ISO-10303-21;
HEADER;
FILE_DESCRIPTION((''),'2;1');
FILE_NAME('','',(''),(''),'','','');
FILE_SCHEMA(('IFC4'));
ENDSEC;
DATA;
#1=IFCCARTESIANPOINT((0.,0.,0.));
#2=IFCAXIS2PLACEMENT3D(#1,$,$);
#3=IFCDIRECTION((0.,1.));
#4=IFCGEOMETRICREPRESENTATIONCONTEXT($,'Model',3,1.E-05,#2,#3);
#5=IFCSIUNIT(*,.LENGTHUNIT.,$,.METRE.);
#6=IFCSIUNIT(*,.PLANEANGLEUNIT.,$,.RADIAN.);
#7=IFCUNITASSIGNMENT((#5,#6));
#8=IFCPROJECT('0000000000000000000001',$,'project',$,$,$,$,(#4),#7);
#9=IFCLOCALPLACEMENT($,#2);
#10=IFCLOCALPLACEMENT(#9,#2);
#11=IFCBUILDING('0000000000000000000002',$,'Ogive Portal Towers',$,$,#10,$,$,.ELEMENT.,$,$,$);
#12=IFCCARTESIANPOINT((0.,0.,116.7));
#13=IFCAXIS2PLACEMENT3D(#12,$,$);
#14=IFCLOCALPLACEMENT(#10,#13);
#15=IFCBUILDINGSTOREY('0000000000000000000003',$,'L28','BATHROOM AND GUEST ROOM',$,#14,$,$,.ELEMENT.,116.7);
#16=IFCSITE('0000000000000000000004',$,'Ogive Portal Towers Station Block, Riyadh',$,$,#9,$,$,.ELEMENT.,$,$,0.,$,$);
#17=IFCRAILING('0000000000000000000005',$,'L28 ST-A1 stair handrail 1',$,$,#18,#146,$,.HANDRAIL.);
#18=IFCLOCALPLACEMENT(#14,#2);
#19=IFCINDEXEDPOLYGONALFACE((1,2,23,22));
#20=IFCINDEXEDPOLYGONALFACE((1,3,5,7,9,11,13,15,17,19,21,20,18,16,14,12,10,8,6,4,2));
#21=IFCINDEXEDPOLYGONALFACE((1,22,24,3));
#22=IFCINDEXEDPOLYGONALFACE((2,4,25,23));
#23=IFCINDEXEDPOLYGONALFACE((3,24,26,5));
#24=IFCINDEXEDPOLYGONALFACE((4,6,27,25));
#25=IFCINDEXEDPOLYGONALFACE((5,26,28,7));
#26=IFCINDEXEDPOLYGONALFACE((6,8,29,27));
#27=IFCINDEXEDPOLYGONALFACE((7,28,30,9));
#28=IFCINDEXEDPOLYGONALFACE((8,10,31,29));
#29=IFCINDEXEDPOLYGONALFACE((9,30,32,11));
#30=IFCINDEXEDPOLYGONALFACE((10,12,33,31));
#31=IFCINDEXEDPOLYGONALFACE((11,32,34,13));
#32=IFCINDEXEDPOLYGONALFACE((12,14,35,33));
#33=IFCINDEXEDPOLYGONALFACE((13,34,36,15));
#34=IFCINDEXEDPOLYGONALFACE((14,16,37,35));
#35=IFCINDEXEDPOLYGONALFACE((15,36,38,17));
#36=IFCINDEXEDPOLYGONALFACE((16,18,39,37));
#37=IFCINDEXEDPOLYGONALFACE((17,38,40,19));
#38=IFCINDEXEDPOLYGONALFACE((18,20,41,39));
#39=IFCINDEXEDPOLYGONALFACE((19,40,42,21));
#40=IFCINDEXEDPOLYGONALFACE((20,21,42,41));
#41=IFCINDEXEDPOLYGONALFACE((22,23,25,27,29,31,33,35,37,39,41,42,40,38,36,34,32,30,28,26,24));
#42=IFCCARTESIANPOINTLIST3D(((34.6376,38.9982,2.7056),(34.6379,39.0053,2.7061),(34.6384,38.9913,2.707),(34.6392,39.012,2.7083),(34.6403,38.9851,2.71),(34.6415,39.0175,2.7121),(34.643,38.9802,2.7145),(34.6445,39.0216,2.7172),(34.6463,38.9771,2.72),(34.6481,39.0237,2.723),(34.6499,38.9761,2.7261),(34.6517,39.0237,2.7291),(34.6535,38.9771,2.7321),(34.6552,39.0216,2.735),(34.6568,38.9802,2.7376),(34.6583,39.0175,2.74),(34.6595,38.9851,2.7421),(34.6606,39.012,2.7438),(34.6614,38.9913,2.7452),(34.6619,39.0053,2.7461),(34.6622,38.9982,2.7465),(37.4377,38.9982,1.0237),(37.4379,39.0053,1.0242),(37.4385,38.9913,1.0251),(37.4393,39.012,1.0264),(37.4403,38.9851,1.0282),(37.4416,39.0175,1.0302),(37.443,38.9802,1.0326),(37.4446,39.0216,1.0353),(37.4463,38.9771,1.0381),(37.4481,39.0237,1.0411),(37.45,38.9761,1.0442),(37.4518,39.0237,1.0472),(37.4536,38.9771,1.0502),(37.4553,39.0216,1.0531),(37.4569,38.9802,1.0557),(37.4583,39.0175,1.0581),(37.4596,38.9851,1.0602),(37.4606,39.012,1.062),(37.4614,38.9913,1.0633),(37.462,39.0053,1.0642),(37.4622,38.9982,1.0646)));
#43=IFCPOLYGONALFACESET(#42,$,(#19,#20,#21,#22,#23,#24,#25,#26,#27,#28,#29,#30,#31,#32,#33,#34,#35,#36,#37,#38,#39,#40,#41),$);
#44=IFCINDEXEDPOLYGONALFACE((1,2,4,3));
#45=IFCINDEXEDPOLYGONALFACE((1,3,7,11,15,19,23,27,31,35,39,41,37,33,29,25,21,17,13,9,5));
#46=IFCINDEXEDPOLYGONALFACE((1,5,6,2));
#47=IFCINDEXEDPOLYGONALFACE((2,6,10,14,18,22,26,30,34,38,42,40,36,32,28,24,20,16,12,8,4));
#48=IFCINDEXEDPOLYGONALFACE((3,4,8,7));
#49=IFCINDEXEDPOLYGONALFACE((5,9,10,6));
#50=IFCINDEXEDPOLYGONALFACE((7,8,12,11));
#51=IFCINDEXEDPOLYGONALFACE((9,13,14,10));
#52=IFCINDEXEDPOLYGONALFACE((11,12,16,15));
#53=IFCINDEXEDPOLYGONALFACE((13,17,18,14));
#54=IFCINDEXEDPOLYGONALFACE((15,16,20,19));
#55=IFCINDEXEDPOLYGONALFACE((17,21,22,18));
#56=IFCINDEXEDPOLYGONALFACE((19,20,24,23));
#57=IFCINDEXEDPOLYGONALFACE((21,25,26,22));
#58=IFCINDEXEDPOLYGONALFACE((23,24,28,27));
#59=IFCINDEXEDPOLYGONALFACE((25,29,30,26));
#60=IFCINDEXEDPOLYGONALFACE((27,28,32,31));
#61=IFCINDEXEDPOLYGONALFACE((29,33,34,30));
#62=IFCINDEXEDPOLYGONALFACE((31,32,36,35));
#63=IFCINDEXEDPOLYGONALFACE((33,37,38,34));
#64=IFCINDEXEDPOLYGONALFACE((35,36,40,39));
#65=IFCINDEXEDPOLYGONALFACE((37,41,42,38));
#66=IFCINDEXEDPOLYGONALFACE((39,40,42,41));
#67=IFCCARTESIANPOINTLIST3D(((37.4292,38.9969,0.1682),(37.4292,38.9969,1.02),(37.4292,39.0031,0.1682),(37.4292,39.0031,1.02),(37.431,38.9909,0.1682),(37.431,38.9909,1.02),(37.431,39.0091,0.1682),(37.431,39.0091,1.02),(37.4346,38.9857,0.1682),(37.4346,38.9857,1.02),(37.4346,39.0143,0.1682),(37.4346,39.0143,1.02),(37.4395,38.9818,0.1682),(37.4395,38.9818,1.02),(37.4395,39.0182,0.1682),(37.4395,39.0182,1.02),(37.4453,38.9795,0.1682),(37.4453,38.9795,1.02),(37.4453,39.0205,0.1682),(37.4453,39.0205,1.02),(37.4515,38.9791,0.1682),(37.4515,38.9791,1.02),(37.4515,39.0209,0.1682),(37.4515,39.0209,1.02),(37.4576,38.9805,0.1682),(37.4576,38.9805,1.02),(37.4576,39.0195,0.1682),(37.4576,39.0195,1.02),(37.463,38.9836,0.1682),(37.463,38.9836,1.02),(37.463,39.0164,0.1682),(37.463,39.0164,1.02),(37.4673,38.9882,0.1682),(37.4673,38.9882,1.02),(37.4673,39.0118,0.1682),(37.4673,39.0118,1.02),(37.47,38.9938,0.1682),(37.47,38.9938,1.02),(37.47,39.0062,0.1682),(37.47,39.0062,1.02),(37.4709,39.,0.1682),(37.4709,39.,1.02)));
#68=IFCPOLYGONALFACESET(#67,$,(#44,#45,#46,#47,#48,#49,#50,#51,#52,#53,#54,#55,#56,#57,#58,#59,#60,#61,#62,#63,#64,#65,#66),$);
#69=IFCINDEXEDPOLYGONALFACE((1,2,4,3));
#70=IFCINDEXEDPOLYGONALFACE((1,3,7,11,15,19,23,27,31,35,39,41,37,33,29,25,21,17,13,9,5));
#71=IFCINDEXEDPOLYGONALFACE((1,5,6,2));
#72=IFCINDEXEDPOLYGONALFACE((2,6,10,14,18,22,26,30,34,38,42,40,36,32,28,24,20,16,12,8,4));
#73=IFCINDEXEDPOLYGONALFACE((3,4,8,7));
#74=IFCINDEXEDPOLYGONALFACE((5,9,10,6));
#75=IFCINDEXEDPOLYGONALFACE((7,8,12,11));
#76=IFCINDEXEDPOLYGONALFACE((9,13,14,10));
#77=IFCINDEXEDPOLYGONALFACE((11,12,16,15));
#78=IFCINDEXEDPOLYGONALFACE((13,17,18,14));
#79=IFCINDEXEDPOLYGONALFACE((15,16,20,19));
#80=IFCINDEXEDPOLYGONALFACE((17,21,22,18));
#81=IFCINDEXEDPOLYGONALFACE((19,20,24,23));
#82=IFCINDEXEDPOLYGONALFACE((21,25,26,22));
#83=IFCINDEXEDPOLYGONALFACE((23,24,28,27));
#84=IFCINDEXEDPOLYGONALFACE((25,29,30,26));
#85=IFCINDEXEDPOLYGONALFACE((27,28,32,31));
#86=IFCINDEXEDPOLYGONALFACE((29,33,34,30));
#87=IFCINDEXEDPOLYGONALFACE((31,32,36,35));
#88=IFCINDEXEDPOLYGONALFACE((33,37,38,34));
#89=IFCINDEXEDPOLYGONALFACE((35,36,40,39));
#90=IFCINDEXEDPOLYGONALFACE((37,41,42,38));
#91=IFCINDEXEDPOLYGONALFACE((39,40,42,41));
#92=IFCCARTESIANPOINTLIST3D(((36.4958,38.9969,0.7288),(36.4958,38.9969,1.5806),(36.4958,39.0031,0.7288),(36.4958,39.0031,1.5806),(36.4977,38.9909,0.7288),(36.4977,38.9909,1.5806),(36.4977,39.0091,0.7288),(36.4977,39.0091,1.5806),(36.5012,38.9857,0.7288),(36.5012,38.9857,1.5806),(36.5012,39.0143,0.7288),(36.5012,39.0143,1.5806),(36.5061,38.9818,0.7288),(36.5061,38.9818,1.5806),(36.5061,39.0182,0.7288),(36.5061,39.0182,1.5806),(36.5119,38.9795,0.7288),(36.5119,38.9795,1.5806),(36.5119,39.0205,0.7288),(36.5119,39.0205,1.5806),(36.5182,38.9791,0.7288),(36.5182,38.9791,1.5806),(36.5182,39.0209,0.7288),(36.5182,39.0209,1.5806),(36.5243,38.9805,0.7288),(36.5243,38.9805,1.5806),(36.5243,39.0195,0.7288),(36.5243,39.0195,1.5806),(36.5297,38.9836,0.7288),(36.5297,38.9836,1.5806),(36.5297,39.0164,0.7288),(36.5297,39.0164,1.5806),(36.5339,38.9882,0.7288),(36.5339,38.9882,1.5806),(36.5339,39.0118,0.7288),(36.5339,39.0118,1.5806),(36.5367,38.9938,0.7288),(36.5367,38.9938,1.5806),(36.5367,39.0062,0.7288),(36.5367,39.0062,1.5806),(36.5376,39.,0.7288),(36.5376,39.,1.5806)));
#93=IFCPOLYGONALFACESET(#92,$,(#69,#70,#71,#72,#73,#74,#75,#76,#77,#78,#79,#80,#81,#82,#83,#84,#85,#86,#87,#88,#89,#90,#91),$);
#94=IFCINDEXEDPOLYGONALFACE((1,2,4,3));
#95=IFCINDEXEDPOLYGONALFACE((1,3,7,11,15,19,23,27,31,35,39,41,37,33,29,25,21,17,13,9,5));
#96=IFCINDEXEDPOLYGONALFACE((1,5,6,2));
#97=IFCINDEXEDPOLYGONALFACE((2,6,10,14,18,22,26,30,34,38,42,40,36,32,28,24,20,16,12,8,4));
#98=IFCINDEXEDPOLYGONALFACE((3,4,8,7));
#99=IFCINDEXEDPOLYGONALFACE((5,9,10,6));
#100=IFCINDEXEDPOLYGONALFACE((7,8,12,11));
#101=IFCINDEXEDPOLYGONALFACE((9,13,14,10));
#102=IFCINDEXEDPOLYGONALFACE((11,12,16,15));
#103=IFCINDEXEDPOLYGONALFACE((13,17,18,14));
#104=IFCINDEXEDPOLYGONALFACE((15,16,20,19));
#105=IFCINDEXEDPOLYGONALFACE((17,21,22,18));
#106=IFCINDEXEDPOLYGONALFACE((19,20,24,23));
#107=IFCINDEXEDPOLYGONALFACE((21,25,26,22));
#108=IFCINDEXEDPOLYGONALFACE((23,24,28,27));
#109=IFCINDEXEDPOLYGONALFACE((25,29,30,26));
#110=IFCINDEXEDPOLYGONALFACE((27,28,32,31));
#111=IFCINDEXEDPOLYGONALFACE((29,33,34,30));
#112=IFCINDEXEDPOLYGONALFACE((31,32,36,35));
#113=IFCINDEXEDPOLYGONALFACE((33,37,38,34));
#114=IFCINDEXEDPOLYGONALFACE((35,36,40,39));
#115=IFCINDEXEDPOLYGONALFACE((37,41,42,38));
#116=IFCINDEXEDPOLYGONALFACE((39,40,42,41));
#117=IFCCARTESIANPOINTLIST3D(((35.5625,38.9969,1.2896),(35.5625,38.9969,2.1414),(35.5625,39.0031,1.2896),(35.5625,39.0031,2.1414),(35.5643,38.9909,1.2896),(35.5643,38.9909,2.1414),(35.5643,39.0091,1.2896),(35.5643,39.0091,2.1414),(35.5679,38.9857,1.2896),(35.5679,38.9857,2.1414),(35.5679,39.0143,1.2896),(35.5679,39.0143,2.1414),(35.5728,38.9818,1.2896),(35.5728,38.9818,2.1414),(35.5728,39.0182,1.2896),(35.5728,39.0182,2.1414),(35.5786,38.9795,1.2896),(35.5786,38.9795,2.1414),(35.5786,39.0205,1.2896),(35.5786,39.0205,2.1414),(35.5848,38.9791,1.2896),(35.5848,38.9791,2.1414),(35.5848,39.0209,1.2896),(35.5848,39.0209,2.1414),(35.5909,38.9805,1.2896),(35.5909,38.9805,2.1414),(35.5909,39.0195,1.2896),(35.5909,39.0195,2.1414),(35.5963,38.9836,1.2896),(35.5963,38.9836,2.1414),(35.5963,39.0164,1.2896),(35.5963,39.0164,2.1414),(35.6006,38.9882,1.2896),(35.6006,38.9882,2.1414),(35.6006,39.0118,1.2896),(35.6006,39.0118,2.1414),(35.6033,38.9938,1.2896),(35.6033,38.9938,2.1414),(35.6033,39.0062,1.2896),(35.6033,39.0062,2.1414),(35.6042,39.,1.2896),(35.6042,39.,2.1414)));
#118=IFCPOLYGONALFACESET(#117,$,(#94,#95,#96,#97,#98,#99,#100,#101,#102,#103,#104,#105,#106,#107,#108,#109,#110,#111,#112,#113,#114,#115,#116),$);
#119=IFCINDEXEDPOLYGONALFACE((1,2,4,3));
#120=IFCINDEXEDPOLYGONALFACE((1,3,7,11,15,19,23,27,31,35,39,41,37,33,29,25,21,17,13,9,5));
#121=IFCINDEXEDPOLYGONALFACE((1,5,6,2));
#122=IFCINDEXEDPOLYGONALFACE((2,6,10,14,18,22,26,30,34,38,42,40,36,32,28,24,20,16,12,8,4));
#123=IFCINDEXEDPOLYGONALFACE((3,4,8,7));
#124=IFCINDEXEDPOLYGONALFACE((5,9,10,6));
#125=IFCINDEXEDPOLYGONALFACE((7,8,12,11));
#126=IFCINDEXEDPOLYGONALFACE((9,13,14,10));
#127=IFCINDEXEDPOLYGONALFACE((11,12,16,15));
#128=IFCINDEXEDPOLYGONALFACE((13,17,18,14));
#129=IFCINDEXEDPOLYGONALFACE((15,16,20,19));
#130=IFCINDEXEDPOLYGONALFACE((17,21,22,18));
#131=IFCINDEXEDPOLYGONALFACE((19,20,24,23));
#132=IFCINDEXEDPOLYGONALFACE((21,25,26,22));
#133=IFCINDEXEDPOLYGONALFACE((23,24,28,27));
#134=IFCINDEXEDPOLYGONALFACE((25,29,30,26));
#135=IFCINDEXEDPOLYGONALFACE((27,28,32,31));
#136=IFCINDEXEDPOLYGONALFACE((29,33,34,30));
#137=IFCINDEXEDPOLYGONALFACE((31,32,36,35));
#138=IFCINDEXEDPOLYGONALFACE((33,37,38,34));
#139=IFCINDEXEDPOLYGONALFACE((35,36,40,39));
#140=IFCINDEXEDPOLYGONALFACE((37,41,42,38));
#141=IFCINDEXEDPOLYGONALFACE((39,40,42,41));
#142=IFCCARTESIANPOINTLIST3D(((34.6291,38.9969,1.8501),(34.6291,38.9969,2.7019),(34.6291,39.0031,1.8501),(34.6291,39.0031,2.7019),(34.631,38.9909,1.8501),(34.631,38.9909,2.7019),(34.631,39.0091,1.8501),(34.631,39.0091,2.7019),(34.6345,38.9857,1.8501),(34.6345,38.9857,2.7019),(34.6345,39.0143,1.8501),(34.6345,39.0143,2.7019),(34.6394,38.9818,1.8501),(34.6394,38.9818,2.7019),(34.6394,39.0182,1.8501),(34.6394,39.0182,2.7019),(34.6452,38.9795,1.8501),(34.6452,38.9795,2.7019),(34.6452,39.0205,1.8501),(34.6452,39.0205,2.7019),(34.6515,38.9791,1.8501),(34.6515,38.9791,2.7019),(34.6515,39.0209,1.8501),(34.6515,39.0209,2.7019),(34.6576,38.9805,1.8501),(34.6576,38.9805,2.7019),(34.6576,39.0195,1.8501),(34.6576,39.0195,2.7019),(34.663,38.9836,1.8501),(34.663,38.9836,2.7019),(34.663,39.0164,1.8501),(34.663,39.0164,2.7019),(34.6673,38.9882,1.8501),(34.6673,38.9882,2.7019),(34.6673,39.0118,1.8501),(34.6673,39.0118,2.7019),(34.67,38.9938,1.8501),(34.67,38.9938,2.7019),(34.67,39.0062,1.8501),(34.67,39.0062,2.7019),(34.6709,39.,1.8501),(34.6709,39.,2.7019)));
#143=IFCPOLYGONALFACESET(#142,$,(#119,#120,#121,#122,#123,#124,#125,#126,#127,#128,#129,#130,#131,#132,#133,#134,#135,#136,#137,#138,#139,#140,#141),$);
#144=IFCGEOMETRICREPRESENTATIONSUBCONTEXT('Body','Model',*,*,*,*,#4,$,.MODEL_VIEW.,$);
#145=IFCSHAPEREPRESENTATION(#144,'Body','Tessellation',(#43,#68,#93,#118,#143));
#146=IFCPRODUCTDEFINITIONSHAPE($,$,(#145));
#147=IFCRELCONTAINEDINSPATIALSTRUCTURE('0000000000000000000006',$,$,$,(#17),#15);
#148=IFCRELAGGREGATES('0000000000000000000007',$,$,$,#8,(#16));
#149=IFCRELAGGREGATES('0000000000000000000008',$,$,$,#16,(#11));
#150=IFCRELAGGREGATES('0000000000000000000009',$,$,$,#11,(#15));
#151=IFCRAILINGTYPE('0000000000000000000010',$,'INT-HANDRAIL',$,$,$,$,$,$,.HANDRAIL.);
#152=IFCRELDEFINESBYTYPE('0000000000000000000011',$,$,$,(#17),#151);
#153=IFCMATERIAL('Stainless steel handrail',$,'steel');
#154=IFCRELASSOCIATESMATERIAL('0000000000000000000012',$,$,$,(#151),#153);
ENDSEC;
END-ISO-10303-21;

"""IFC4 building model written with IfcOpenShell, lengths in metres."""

from ifc_helpers import new_model, si_unit, direction, frame, origin, origin_2d, place, context, subcontext, project, spatial, circle, extrude, material, type_object, element, save


model = new_model("IFC4")

# Units and contexts
model_context = context("Model", 3, precision=1e-05, world=origin(), true_north=direction((0.0, 1.0)))
body_context = subcontext(model_context, "Body", "Model", "MODEL_VIEW")
ifc_project = project(units=[si_unit("LENGTHUNIT", "METRE"), si_unit("PLANEANGLEUNIT", "RADIAN")], contexts=[model_context])

# Site, building, storey
site_placement = place(None, origin())
site = spatial("IfcSite", under=ifc_project, at=site_placement, Name="Ogive Portal Towers Station Block, Riyadh", CompositionType="ELEMENT", RefElevation=0.0)
building_placement = place(site_placement, origin())
building = spatial("IfcBuilding", under=site, at=building_placement, Name="Ogive Portal Towers", CompositionType="ELEMENT")
storey_placement = place(building_placement, frame((0.0, 0.0, 116.7)))
storey = spatial("IfcBuildingStorey", under=building, at=storey_placement, Name="L28", Description="BATHROOM AND GUEST ROOM", CompositionType="ELEMENT", Elevation=116.7)

# Railing
ifc_material_1 = material(Name="Stainless steel handrail", Category="steel")
railing_type_1 = type_object("IfcRailingType", Name="INT-HANDRAIL", PredefinedType="HANDRAIL", material=ifc_material_1)
railing_1_placement = place(storey_placement, frame((37.45, 39.0, 0.1682)))
element("IfcRailing", 1, at=railing_1_placement, inside=storey, type_object=railing_type_1, Name="L28 ST-A1 stair handrail 1", PredefinedType="HANDRAIL", context=body_context, shape_type="SweptSolid", body=[
    extrude(circle(Radius=0.0239, at=origin_2d()), frame((0.0, 0.0, 0.876), z_axis=(-0.857242, 0.0, 0.514913), x_axis=(0.0, -1.0, 0.0)), (0.0, 0.0, 1.0), 3.2664),
    extrude(circle(Radius=0.021, at=origin_2d()), origin(), (0.0, 0.0, 1.0), 0.8518),
    extrude(circle(Radius=0.021, at=origin_2d()), frame((-0.9333, 0.0, 0.5605)), (0.0, 0.0, 1.0), 0.8518),
    extrude(circle(Radius=0.021, at=origin_2d()), frame((-1.8667, 0.0, 1.1213)), (0.0, 0.0, 1.0), 0.8518),
    extrude(circle(Radius=0.021, at=origin_2d()), frame((-2.8, 0.0, 1.6819)), (0.0, 0.0, 1.0), 0.8518),
])

save(model, "model.ifc")
